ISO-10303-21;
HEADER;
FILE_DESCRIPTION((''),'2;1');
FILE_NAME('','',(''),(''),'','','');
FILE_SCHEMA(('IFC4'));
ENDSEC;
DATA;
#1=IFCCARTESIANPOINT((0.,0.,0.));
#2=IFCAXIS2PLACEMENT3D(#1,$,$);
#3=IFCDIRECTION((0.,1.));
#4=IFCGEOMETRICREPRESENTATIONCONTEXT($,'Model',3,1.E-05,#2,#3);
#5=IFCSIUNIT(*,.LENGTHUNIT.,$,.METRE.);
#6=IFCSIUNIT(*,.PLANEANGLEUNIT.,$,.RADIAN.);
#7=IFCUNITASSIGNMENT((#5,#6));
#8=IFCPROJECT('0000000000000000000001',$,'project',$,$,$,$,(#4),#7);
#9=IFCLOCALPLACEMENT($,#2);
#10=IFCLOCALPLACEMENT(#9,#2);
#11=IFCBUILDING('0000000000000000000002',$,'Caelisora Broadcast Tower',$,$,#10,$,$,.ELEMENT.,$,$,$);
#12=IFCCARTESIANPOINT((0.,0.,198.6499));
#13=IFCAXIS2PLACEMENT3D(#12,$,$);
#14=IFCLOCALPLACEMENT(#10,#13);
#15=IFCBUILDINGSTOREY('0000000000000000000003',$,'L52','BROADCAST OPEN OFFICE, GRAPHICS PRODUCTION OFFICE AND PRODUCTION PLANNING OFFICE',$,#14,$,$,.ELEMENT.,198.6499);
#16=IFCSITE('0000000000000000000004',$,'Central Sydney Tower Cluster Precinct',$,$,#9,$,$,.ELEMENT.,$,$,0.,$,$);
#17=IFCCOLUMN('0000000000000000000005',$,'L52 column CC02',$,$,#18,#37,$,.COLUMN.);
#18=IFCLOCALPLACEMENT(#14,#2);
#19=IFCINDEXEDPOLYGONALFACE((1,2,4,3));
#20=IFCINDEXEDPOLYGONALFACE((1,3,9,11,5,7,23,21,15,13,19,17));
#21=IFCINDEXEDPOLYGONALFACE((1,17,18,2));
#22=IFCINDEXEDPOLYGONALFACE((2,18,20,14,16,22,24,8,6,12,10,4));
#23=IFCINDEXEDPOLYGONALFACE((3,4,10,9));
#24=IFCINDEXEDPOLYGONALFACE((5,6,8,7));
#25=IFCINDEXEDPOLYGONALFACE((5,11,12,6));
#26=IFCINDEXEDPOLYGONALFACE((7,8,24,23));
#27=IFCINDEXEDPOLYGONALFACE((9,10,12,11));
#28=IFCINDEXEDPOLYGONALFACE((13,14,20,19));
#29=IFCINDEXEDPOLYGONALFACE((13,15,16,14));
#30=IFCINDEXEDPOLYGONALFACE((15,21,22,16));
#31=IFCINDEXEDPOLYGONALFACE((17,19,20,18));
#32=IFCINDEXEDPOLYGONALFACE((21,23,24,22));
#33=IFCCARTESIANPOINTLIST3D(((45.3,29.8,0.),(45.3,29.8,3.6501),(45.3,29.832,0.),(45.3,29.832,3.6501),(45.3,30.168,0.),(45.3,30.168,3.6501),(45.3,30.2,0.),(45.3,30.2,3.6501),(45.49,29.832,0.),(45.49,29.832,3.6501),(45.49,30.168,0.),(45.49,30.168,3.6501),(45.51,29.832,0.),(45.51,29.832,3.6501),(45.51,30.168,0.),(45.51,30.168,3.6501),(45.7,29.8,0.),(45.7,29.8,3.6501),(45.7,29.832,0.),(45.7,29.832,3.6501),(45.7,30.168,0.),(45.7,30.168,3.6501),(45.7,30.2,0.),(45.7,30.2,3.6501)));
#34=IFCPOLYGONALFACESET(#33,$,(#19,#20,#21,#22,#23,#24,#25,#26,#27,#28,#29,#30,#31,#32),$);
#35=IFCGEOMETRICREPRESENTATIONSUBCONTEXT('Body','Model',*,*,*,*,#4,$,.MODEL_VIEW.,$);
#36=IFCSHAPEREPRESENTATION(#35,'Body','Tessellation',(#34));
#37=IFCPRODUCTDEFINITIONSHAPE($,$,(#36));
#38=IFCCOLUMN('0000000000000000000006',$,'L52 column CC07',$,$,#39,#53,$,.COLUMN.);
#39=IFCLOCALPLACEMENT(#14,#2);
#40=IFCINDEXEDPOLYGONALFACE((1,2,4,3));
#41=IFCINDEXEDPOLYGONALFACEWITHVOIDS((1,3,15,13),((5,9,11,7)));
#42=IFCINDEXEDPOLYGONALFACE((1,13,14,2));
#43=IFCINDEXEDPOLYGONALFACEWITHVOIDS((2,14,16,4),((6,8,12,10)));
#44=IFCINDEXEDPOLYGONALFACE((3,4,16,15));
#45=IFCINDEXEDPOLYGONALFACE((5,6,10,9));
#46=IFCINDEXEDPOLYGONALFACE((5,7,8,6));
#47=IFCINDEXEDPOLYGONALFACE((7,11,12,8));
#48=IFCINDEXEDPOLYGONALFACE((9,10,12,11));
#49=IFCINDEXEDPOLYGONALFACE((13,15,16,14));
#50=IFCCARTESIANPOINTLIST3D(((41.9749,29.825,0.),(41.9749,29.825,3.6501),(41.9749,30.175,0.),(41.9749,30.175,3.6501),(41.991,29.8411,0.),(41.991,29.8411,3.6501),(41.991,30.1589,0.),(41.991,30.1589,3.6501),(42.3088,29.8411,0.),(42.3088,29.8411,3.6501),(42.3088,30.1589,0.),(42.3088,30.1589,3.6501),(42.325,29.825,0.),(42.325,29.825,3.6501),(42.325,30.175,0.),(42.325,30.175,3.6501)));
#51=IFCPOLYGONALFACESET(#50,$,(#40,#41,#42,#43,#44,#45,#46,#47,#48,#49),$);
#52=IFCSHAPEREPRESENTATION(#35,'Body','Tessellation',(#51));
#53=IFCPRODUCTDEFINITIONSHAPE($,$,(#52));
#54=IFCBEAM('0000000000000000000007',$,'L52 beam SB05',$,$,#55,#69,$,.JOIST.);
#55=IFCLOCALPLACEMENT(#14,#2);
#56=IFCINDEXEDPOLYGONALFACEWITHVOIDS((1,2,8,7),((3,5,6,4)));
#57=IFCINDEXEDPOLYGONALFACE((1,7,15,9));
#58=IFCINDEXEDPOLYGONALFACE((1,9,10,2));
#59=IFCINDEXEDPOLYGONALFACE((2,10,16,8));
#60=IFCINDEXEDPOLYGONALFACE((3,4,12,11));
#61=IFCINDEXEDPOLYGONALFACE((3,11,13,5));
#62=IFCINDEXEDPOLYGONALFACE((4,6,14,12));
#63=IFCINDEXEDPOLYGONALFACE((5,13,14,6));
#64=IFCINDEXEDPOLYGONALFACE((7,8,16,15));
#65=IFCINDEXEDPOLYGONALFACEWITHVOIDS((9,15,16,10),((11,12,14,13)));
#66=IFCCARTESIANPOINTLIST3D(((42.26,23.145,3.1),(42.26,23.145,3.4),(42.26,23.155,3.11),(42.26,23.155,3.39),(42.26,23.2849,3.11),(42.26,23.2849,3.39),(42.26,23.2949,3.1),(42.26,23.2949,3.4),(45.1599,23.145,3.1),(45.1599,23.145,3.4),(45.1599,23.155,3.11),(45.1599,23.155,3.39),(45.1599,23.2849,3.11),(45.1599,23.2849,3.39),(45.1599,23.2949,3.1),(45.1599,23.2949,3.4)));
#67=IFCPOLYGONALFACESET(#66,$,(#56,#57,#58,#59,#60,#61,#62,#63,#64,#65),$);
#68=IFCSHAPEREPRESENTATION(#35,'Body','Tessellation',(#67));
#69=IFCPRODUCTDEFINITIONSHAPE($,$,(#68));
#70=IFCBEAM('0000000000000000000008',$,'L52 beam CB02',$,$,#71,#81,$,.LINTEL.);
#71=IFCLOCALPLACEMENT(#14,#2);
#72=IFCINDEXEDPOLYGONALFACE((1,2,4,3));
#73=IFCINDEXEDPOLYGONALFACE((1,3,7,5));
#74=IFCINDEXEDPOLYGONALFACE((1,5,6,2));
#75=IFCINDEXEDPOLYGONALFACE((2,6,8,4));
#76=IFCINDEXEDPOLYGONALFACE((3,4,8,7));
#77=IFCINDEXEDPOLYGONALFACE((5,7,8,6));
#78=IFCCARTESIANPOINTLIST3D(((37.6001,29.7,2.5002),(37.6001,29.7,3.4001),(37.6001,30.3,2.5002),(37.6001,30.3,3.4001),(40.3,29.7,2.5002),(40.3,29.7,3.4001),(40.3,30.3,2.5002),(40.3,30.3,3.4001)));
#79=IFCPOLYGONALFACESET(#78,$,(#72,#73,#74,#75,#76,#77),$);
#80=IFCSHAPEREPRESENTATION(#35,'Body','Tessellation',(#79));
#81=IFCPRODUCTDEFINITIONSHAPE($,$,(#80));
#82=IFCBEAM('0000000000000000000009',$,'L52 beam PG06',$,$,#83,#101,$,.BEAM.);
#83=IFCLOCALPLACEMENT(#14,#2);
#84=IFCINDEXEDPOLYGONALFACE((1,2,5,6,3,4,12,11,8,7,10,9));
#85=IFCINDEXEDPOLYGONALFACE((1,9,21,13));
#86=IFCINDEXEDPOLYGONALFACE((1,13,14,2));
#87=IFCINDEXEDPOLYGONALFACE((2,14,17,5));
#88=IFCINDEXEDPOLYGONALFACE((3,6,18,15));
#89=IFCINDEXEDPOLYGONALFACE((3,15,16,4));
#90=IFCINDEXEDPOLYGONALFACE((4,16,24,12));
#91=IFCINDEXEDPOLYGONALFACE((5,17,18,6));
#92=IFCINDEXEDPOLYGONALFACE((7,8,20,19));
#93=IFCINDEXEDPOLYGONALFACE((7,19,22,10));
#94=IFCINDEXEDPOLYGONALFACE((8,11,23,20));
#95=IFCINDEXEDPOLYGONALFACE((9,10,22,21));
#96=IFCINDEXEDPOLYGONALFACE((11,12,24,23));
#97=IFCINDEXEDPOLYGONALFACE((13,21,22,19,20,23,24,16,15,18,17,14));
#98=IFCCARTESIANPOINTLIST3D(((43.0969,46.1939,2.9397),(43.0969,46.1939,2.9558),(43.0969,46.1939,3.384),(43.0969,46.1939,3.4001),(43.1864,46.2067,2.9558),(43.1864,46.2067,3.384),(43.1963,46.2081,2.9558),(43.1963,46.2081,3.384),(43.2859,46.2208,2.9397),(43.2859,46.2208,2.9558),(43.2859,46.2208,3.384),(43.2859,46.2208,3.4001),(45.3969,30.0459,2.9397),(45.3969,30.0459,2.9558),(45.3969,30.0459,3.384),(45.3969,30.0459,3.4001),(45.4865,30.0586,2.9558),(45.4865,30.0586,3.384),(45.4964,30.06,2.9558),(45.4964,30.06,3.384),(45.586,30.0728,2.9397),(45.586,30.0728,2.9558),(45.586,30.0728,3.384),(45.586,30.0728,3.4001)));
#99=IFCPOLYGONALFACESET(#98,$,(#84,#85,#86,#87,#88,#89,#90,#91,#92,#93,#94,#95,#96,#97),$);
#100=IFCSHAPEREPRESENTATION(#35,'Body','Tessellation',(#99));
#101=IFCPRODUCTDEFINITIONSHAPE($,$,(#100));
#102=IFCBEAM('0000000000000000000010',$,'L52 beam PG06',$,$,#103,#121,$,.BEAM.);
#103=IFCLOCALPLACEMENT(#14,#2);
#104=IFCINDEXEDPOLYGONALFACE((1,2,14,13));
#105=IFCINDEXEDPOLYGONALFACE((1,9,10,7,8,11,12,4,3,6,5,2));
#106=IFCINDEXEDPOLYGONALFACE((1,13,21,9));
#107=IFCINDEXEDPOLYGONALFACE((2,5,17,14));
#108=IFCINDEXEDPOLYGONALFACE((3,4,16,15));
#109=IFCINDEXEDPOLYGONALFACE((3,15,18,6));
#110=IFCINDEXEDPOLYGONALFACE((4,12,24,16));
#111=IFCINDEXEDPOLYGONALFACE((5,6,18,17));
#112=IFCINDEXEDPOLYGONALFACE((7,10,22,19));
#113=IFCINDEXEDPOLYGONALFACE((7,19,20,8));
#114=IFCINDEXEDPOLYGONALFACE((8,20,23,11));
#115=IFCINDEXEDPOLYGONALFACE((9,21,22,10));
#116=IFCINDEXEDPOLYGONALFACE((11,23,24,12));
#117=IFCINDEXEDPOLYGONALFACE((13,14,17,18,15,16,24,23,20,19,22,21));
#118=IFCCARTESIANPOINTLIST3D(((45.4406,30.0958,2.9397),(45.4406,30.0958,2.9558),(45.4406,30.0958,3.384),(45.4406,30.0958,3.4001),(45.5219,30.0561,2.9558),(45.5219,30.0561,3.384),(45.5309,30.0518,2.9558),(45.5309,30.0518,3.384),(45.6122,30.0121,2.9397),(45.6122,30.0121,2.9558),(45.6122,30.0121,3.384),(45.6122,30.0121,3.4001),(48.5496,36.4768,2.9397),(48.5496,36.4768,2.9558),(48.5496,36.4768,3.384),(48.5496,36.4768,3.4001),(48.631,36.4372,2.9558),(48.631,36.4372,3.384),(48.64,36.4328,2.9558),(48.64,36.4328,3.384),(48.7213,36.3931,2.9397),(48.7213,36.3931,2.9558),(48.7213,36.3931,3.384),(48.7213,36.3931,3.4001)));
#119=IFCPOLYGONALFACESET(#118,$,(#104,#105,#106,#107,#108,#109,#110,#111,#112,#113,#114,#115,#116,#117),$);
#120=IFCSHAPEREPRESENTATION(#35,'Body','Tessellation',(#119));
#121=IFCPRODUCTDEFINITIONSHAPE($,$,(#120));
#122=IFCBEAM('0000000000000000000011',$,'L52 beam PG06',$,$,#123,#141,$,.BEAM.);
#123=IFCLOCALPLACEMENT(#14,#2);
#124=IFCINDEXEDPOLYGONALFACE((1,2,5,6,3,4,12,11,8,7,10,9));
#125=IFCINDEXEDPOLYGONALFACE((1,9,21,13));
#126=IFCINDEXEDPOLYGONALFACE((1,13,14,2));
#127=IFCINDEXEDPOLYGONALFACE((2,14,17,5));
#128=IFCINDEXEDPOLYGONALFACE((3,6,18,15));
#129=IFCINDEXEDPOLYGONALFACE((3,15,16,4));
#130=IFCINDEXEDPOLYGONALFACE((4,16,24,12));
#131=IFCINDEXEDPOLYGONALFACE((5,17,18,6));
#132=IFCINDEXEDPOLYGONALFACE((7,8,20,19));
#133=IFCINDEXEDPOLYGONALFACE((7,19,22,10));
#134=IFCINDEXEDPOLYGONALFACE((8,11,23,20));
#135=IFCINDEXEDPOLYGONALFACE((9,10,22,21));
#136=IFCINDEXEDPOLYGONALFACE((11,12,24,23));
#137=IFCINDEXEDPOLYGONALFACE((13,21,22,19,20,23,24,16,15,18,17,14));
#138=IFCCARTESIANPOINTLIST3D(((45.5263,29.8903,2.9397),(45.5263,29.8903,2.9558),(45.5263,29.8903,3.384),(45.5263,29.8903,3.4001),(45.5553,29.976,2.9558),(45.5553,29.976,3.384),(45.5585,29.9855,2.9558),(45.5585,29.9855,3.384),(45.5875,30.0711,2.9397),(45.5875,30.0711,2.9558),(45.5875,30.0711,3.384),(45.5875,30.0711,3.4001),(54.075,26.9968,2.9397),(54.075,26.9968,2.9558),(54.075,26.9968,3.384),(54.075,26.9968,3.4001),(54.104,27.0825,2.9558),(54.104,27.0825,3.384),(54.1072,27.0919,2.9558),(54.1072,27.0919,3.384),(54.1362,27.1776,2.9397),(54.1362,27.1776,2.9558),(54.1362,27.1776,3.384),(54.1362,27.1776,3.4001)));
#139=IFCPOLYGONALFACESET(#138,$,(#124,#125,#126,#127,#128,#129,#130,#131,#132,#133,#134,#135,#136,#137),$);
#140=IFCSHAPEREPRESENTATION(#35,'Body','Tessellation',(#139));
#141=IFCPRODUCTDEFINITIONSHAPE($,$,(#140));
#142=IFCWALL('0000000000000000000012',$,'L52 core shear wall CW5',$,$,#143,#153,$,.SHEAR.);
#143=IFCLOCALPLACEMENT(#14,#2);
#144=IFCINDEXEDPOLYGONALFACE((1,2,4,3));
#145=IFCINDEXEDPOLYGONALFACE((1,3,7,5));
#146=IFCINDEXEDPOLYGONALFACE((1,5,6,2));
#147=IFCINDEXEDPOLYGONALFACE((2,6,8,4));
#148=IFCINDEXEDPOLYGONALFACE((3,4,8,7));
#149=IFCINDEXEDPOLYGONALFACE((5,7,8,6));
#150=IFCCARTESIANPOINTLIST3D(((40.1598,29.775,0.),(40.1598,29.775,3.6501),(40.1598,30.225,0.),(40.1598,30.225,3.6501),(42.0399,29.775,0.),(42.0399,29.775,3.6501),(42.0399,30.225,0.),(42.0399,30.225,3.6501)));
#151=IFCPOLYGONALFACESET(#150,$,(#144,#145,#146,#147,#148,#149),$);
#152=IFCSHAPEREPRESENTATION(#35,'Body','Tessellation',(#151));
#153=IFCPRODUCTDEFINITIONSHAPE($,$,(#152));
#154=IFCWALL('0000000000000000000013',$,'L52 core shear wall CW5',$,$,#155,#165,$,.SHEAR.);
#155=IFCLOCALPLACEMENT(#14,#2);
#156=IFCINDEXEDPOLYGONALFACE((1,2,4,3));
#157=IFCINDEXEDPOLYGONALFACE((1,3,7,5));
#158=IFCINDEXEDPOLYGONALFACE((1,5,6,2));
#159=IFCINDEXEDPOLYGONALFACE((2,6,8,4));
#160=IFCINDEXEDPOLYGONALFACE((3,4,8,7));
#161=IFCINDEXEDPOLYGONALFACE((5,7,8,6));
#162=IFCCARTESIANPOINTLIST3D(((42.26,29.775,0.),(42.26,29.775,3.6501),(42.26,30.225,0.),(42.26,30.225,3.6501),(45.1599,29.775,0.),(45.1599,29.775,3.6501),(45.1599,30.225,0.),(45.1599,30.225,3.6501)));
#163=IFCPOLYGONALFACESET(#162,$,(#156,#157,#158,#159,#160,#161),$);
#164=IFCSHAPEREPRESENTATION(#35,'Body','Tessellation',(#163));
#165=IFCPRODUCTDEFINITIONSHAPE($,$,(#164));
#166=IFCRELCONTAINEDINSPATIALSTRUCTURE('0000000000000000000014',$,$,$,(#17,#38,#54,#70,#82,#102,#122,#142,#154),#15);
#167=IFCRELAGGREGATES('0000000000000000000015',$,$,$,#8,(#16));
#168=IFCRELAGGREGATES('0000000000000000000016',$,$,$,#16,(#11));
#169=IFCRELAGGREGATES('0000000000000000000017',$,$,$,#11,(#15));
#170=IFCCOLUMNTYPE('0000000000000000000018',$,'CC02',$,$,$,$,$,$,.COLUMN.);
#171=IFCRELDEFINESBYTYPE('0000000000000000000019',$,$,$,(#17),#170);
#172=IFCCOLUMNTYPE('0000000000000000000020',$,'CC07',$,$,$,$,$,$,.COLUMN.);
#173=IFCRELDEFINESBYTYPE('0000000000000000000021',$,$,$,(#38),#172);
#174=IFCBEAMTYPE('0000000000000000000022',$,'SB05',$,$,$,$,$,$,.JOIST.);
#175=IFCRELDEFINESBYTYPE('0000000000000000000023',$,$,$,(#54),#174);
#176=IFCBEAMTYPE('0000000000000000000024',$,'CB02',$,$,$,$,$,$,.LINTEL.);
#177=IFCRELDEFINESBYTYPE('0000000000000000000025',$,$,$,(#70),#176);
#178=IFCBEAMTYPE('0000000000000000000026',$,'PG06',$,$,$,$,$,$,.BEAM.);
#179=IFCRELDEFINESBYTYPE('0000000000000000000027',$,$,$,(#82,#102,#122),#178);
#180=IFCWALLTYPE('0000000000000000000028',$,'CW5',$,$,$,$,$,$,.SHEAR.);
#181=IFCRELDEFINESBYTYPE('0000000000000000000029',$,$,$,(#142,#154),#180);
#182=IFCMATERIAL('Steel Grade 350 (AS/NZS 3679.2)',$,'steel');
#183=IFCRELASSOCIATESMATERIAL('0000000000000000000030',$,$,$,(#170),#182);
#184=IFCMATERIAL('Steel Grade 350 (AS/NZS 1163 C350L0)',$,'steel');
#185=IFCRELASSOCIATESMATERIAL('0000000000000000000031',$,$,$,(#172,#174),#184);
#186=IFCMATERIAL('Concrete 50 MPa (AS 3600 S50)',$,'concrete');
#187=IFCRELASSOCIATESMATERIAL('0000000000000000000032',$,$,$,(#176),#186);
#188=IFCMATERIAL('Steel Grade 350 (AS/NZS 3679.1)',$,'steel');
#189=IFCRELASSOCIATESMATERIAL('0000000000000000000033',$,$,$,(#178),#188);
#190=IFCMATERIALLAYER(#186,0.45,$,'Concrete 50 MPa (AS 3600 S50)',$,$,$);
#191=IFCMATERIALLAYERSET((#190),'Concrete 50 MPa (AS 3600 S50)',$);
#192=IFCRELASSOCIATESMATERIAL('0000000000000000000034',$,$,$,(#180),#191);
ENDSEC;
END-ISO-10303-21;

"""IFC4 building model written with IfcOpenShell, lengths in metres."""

from ifc_helpers import new_model, si_unit, direction, frame, frame_2d, origin, origin_2d, place, context, subcontext, project, spatial, rectangle, hollow_rectangle, i_section, extrude, source, transform, mapped, material, layer, layer_set, material_profile, profile_set, type_object, type_shapes, element, save


model = new_model("IFC4")

# Units and contexts
model_context = context("Model", 3, precision=1e-05, world=origin(), true_north=direction((0.0, 1.0)))
body_context = subcontext(model_context, "Body", "Model", "MODEL_VIEW")
ifc_project = project(units=[si_unit("LENGTHUNIT", "METRE"), si_unit("PLANEANGLEUNIT", "RADIAN")], contexts=[model_context])

# Site, building, storey
site_placement = place(None, origin())
site = spatial("IfcSite", under=ifc_project, at=site_placement, Name="Central Sydney Tower Cluster Precinct", CompositionType="ELEMENT", RefElevation=0.0)
building_placement = place(site_placement, origin())
building = spatial("IfcBuilding", under=site, at=building_placement, Name="Caelisora Broadcast Tower", CompositionType="ELEMENT")
storey_placement = place(building_placement, frame((0.0, 0.0, 198.6499)))
storey = spatial("IfcBuildingStorey", under=building, at=storey_placement, Name="L52", Description="BROADCAST OPEN OFFICE, GRAPHICS PRODUCTION OFFICE AND PRODUCTION PLANNING OFFICE", CompositionType="ELEMENT", Elevation=198.6499)

# Columns
ifc_material_1 = material(Name="Steel Grade 350 (AS/NZS 3679.2)", Category="steel")
ifc_material_profile_1 = material_profile(ifc_material_1, i_section(OverallWidth=0.3999, OverallDepth=0.3999, WebThickness=0.02, FlangeThickness=0.032, at=origin_2d()), Name="Steel Grade 350 (AS/NZS 3679.2)")
ifc_profile_set_1 = profile_set([ifc_material_profile_1], Name="Steel Grade 350 (AS/NZS 3679.2)")
column_type_1 = type_object("IfcColumnType", Name="CC02", PredefinedType="COLUMN", material=ifc_profile_set_1)
shared_shape_1 = source(origin(), body_context, "Body", "SweptSolid", [
    extrude(i_section(OverallWidth=0.3999, OverallDepth=0.3999, WebThickness=0.02, FlangeThickness=0.032, at=origin_2d()), origin(), (0.0, 0.0, 1.0), 3.6501),
])
type_shapes(column_type_1, [shared_shape_1])
column_1_placement = place(storey_placement, frame((45.5, 30.0, 0.0), z_axis=(0.0, 0.0, 1.0), x_axis=(1.0, 0.0, 0.0)))
element("IfcColumn", 1, at=column_1_placement, inside=storey, type_object=column_type_1, Name="L52 column CC02", PredefinedType="COLUMN", context=body_context, shape_type="MappedRepresentation", body=[
    mapped(shared_shape_1, transform((0.0, 0.0, 0.0), scale=1.0)),
])
ifc_material_2 = material(Name="Steel Grade 350 (AS/NZS 1163 C350L0)", Category="steel")
ifc_material_profile_2 = material_profile(ifc_material_2, hollow_rectangle(XDim=0.3501, YDim=0.3501, WallThickness=0.0161, at=origin_2d()), Name="Steel Grade 350 (AS/NZS 1163 C350L0)")
ifc_profile_set_2 = profile_set([ifc_material_profile_2], Name="Steel Grade 350 (AS/NZS 1163 C350L0)")
column_type_2 = type_object("IfcColumnType", Name="CC07", PredefinedType="COLUMN", material=ifc_profile_set_2)
shared_shape_2 = source(origin(), body_context, "Body", "SweptSolid", [
    extrude(hollow_rectangle(XDim=0.3501, YDim=0.3501, WallThickness=0.0161, at=origin_2d()), origin(), (0.0, 0.0, 1.0), 3.6501),
])
type_shapes(column_type_2, [shared_shape_2])
column_2_placement = place(storey_placement, frame((42.1499, 30.0, 0.0), z_axis=(0.0, 0.0, 1.0), x_axis=(1.0, 0.0, 0.0)))
element("IfcColumn", 2, at=column_2_placement, inside=storey, type_object=column_type_2, Name="L52 column CC07", PredefinedType="COLUMN", context=body_context, shape_type="MappedRepresentation", body=[
    mapped(shared_shape_2, transform((0.0, 0.0, 0.0), scale=1.0)),
])

# Beams
ifc_material_profile_3 = material_profile(ifc_material_2, hollow_rectangle(XDim=0.1499, YDim=0.3, WallThickness=0.01, at=origin_2d()), Name="Steel Grade 350 (AS/NZS 1163 C350L0)")
ifc_profile_set_3 = profile_set([ifc_material_profile_3], Name="Steel Grade 350 (AS/NZS 1163 C350L0)")
beam_type_1 = type_object("IfcBeamType", Name="SB05", PredefinedType="JOIST", material=ifc_profile_set_3)
shared_shape_3 = source(origin(), body_context, "Body", "SweptSolid", [
    extrude(hollow_rectangle(XDim=0.1499, YDim=0.3, WallThickness=0.01, at=origin_2d()), origin(), (0.0, 0.0, 1.0), 2.8999),
])
type_shapes(beam_type_1, [shared_shape_3])
beam_1_placement = place(storey_placement, frame((42.26, 23.22, 3.25), z_axis=(1.0, 0.0, 0.0), x_axis=(0.0, 1.0, 0.0)))
element("IfcBeam", 3, at=beam_1_placement, inside=storey, type_object=beam_type_1, Name="L52 beam SB05", PredefinedType="JOIST", context=body_context, shape_type="MappedRepresentation", body=[
    mapped(shared_shape_3, transform((0.0, 0.0, 0.0), scale=1.0)),
])
ifc_material_3 = material(Name="Concrete 50 MPa (AS 3600 S50)", Category="concrete")
ifc_material_profile_4 = material_profile(ifc_material_3, rectangle(XDim=0.6001, YDim=0.8999, at=origin_2d()), Name="Concrete 50 MPa (AS 3600 S50)")
ifc_profile_set_4 = profile_set([ifc_material_profile_4], Name="Concrete 50 MPa (AS 3600 S50)")
beam_type_2 = type_object("IfcBeamType", Name="CB02", PredefinedType="LINTEL", material=ifc_profile_set_4)
shared_shape_4 = source(origin(), body_context, "Body", "SweptSolid", [
    extrude(rectangle(XDim=0.6001, YDim=0.8999, at=origin_2d()), origin(), (0.0, 0.0, 1.0), 2.7),
])
type_shapes(beam_type_2, [shared_shape_4])
beam_2_placement = place(storey_placement, frame((37.6001, 30.0, 2.9502), z_axis=(1.0, 0.0, 0.0), x_axis=(0.0, 1.0, 0.0)))
element("IfcBeam", 4, at=beam_2_placement, inside=storey, type_object=beam_type_2, Name="L52 beam CB02", PredefinedType="LINTEL", context=body_context, shape_type="MappedRepresentation", body=[
    mapped(shared_shape_4, transform((0.0, 0.0, 0.0), scale=1.0)),
])
ifc_material_4 = material(Name="Steel Grade 350 (AS/NZS 3679.1)", Category="steel")
ifc_material_profile_5 = material_profile(ifc_material_4, i_section(OverallWidth=0.1909, OverallDepth=0.4604, WebThickness=0.01, FlangeThickness=0.0161, at=origin_2d()), Name="Steel Grade 350 (AS/NZS 3679.1)")
ifc_profile_set_5 = profile_set([ifc_material_profile_5], Name="Steel Grade 350 (AS/NZS 3679.1)")
beam_type_3 = type_object("IfcBeamType", Name="PG06", PredefinedType="BEAM", material=ifc_profile_set_5)
shared_shape_5 = source(origin(), body_context, "Body", "SweptSolid", [
    extrude(i_section(OverallWidth=0.1909, OverallDepth=0.4604, WebThickness=0.01, FlangeThickness=0.0161, at=origin_2d()), origin(), (0.0, 0.0, 1.0), 16.311),
])
beam_3_placement = place(storey_placement, frame((45.4915, 30.0593, 3.1699), z_axis=(-0.141013, 0.990008, 0.0), x_axis=(-0.990008, -0.141013, 0.0)))
element("IfcBeam", 5, at=beam_3_placement, inside=storey, type_object=beam_type_3, Name="L52 beam PG06", PredefinedType="BEAM", context=body_context, shape_type="MappedRepresentation", body=[
    mapped(shared_shape_5, transform((0.0, 0.0, 0.0), scale=1.0)),
])
shared_shape_6 = source(origin(), body_context, "Body", "SweptSolid", [
    extrude(i_section(OverallWidth=0.1909, OverallDepth=0.4604, WebThickness=0.01, FlangeThickness=0.0161, at=origin_2d()), origin(), (0.0, 0.0, 1.0), 7.0981),
])
beam_4_placement = place(storey_placement, frame((45.5264, 30.054, 3.1699), z_axis=(0.438014, 0.898968, 0.0), x_axis=(-0.898968, 0.438014, 0.0)))
element("IfcBeam", 6, at=beam_4_placement, inside=storey, type_object=beam_type_3, Name="L52 beam PG06", PredefinedType="BEAM", context=body_context, shape_type="MappedRepresentation", body=[
    mapped(shared_shape_6, transform((0.0, 0.0, 0.0), scale=1.0)),
])
shared_shape_7 = source(origin(), body_context, "Body", "SweptSolid", [
    extrude(i_section(OverallWidth=0.1909, OverallDepth=0.4604, WebThickness=0.01, FlangeThickness=0.0161, at=origin_2d()), origin(), (0.0, 0.0, 1.0), 9.0251),
])
type_shapes(beam_type_3, [shared_shape_5, shared_shape_6, shared_shape_7])
beam_5_placement = place(storey_placement, frame((45.5569, 29.9807, 3.1699), z_axis=(0.947212, -0.320607, 0.0), x_axis=(0.320607, 0.947212, 0.0)))
element("IfcBeam", 7, at=beam_5_placement, inside=storey, type_object=beam_type_3, Name="L52 beam PG06", PredefinedType="BEAM", context=body_context, shape_type="MappedRepresentation", body=[
    mapped(shared_shape_7, transform((0.0, 0.0, 0.0), scale=1.0)),
])

# Walls
ifc_layer_1 = layer(ifc_material_3, 0.45, Name="Concrete 50 MPa (AS 3600 S50)")
ifc_layer_set_1 = layer_set([ifc_layer_1], Name="Concrete 50 MPa (AS 3600 S50)")
wall_type_1 = type_object("IfcWallType", Name="CW5", PredefinedType="SHEAR", material=ifc_layer_set_1)
wall_1_placement = place(storey_placement, frame((40.1599, 30.0, 0.0), z_axis=(0.0, 0.0, 1.0), x_axis=(1.0, 0.0, 0.0)))
element("IfcWall", 8, at=wall_1_placement, inside=storey, type_object=wall_type_1, Name="L52 core shear wall CW5", PredefinedType="SHEAR", context=body_context, shape_type="SweptSolid", body=[
    extrude(rectangle(XDim=1.8801, YDim=0.45, at=frame_2d((0.9399, 0.0))), origin(), (0.0, 0.0, 1.0), 3.6501),
])
wall_2_placement = place(storey_placement, frame((42.26, 30.0, 0.0), z_axis=(0.0, 0.0, 1.0), x_axis=(1.0, 0.0, 0.0)))
element("IfcWall", 9, at=wall_2_placement, inside=storey, type_object=wall_type_1, Name="L52 core shear wall CW5", PredefinedType="SHEAR", context=body_context, shape_type="SweptSolid", body=[
    extrude(rectangle(XDim=2.8999, YDim=0.45, at=frame_2d((1.45, 0.0))), origin(), (0.0, 0.0, 1.0), 3.6501),
])

save(model, "model.ifc")
